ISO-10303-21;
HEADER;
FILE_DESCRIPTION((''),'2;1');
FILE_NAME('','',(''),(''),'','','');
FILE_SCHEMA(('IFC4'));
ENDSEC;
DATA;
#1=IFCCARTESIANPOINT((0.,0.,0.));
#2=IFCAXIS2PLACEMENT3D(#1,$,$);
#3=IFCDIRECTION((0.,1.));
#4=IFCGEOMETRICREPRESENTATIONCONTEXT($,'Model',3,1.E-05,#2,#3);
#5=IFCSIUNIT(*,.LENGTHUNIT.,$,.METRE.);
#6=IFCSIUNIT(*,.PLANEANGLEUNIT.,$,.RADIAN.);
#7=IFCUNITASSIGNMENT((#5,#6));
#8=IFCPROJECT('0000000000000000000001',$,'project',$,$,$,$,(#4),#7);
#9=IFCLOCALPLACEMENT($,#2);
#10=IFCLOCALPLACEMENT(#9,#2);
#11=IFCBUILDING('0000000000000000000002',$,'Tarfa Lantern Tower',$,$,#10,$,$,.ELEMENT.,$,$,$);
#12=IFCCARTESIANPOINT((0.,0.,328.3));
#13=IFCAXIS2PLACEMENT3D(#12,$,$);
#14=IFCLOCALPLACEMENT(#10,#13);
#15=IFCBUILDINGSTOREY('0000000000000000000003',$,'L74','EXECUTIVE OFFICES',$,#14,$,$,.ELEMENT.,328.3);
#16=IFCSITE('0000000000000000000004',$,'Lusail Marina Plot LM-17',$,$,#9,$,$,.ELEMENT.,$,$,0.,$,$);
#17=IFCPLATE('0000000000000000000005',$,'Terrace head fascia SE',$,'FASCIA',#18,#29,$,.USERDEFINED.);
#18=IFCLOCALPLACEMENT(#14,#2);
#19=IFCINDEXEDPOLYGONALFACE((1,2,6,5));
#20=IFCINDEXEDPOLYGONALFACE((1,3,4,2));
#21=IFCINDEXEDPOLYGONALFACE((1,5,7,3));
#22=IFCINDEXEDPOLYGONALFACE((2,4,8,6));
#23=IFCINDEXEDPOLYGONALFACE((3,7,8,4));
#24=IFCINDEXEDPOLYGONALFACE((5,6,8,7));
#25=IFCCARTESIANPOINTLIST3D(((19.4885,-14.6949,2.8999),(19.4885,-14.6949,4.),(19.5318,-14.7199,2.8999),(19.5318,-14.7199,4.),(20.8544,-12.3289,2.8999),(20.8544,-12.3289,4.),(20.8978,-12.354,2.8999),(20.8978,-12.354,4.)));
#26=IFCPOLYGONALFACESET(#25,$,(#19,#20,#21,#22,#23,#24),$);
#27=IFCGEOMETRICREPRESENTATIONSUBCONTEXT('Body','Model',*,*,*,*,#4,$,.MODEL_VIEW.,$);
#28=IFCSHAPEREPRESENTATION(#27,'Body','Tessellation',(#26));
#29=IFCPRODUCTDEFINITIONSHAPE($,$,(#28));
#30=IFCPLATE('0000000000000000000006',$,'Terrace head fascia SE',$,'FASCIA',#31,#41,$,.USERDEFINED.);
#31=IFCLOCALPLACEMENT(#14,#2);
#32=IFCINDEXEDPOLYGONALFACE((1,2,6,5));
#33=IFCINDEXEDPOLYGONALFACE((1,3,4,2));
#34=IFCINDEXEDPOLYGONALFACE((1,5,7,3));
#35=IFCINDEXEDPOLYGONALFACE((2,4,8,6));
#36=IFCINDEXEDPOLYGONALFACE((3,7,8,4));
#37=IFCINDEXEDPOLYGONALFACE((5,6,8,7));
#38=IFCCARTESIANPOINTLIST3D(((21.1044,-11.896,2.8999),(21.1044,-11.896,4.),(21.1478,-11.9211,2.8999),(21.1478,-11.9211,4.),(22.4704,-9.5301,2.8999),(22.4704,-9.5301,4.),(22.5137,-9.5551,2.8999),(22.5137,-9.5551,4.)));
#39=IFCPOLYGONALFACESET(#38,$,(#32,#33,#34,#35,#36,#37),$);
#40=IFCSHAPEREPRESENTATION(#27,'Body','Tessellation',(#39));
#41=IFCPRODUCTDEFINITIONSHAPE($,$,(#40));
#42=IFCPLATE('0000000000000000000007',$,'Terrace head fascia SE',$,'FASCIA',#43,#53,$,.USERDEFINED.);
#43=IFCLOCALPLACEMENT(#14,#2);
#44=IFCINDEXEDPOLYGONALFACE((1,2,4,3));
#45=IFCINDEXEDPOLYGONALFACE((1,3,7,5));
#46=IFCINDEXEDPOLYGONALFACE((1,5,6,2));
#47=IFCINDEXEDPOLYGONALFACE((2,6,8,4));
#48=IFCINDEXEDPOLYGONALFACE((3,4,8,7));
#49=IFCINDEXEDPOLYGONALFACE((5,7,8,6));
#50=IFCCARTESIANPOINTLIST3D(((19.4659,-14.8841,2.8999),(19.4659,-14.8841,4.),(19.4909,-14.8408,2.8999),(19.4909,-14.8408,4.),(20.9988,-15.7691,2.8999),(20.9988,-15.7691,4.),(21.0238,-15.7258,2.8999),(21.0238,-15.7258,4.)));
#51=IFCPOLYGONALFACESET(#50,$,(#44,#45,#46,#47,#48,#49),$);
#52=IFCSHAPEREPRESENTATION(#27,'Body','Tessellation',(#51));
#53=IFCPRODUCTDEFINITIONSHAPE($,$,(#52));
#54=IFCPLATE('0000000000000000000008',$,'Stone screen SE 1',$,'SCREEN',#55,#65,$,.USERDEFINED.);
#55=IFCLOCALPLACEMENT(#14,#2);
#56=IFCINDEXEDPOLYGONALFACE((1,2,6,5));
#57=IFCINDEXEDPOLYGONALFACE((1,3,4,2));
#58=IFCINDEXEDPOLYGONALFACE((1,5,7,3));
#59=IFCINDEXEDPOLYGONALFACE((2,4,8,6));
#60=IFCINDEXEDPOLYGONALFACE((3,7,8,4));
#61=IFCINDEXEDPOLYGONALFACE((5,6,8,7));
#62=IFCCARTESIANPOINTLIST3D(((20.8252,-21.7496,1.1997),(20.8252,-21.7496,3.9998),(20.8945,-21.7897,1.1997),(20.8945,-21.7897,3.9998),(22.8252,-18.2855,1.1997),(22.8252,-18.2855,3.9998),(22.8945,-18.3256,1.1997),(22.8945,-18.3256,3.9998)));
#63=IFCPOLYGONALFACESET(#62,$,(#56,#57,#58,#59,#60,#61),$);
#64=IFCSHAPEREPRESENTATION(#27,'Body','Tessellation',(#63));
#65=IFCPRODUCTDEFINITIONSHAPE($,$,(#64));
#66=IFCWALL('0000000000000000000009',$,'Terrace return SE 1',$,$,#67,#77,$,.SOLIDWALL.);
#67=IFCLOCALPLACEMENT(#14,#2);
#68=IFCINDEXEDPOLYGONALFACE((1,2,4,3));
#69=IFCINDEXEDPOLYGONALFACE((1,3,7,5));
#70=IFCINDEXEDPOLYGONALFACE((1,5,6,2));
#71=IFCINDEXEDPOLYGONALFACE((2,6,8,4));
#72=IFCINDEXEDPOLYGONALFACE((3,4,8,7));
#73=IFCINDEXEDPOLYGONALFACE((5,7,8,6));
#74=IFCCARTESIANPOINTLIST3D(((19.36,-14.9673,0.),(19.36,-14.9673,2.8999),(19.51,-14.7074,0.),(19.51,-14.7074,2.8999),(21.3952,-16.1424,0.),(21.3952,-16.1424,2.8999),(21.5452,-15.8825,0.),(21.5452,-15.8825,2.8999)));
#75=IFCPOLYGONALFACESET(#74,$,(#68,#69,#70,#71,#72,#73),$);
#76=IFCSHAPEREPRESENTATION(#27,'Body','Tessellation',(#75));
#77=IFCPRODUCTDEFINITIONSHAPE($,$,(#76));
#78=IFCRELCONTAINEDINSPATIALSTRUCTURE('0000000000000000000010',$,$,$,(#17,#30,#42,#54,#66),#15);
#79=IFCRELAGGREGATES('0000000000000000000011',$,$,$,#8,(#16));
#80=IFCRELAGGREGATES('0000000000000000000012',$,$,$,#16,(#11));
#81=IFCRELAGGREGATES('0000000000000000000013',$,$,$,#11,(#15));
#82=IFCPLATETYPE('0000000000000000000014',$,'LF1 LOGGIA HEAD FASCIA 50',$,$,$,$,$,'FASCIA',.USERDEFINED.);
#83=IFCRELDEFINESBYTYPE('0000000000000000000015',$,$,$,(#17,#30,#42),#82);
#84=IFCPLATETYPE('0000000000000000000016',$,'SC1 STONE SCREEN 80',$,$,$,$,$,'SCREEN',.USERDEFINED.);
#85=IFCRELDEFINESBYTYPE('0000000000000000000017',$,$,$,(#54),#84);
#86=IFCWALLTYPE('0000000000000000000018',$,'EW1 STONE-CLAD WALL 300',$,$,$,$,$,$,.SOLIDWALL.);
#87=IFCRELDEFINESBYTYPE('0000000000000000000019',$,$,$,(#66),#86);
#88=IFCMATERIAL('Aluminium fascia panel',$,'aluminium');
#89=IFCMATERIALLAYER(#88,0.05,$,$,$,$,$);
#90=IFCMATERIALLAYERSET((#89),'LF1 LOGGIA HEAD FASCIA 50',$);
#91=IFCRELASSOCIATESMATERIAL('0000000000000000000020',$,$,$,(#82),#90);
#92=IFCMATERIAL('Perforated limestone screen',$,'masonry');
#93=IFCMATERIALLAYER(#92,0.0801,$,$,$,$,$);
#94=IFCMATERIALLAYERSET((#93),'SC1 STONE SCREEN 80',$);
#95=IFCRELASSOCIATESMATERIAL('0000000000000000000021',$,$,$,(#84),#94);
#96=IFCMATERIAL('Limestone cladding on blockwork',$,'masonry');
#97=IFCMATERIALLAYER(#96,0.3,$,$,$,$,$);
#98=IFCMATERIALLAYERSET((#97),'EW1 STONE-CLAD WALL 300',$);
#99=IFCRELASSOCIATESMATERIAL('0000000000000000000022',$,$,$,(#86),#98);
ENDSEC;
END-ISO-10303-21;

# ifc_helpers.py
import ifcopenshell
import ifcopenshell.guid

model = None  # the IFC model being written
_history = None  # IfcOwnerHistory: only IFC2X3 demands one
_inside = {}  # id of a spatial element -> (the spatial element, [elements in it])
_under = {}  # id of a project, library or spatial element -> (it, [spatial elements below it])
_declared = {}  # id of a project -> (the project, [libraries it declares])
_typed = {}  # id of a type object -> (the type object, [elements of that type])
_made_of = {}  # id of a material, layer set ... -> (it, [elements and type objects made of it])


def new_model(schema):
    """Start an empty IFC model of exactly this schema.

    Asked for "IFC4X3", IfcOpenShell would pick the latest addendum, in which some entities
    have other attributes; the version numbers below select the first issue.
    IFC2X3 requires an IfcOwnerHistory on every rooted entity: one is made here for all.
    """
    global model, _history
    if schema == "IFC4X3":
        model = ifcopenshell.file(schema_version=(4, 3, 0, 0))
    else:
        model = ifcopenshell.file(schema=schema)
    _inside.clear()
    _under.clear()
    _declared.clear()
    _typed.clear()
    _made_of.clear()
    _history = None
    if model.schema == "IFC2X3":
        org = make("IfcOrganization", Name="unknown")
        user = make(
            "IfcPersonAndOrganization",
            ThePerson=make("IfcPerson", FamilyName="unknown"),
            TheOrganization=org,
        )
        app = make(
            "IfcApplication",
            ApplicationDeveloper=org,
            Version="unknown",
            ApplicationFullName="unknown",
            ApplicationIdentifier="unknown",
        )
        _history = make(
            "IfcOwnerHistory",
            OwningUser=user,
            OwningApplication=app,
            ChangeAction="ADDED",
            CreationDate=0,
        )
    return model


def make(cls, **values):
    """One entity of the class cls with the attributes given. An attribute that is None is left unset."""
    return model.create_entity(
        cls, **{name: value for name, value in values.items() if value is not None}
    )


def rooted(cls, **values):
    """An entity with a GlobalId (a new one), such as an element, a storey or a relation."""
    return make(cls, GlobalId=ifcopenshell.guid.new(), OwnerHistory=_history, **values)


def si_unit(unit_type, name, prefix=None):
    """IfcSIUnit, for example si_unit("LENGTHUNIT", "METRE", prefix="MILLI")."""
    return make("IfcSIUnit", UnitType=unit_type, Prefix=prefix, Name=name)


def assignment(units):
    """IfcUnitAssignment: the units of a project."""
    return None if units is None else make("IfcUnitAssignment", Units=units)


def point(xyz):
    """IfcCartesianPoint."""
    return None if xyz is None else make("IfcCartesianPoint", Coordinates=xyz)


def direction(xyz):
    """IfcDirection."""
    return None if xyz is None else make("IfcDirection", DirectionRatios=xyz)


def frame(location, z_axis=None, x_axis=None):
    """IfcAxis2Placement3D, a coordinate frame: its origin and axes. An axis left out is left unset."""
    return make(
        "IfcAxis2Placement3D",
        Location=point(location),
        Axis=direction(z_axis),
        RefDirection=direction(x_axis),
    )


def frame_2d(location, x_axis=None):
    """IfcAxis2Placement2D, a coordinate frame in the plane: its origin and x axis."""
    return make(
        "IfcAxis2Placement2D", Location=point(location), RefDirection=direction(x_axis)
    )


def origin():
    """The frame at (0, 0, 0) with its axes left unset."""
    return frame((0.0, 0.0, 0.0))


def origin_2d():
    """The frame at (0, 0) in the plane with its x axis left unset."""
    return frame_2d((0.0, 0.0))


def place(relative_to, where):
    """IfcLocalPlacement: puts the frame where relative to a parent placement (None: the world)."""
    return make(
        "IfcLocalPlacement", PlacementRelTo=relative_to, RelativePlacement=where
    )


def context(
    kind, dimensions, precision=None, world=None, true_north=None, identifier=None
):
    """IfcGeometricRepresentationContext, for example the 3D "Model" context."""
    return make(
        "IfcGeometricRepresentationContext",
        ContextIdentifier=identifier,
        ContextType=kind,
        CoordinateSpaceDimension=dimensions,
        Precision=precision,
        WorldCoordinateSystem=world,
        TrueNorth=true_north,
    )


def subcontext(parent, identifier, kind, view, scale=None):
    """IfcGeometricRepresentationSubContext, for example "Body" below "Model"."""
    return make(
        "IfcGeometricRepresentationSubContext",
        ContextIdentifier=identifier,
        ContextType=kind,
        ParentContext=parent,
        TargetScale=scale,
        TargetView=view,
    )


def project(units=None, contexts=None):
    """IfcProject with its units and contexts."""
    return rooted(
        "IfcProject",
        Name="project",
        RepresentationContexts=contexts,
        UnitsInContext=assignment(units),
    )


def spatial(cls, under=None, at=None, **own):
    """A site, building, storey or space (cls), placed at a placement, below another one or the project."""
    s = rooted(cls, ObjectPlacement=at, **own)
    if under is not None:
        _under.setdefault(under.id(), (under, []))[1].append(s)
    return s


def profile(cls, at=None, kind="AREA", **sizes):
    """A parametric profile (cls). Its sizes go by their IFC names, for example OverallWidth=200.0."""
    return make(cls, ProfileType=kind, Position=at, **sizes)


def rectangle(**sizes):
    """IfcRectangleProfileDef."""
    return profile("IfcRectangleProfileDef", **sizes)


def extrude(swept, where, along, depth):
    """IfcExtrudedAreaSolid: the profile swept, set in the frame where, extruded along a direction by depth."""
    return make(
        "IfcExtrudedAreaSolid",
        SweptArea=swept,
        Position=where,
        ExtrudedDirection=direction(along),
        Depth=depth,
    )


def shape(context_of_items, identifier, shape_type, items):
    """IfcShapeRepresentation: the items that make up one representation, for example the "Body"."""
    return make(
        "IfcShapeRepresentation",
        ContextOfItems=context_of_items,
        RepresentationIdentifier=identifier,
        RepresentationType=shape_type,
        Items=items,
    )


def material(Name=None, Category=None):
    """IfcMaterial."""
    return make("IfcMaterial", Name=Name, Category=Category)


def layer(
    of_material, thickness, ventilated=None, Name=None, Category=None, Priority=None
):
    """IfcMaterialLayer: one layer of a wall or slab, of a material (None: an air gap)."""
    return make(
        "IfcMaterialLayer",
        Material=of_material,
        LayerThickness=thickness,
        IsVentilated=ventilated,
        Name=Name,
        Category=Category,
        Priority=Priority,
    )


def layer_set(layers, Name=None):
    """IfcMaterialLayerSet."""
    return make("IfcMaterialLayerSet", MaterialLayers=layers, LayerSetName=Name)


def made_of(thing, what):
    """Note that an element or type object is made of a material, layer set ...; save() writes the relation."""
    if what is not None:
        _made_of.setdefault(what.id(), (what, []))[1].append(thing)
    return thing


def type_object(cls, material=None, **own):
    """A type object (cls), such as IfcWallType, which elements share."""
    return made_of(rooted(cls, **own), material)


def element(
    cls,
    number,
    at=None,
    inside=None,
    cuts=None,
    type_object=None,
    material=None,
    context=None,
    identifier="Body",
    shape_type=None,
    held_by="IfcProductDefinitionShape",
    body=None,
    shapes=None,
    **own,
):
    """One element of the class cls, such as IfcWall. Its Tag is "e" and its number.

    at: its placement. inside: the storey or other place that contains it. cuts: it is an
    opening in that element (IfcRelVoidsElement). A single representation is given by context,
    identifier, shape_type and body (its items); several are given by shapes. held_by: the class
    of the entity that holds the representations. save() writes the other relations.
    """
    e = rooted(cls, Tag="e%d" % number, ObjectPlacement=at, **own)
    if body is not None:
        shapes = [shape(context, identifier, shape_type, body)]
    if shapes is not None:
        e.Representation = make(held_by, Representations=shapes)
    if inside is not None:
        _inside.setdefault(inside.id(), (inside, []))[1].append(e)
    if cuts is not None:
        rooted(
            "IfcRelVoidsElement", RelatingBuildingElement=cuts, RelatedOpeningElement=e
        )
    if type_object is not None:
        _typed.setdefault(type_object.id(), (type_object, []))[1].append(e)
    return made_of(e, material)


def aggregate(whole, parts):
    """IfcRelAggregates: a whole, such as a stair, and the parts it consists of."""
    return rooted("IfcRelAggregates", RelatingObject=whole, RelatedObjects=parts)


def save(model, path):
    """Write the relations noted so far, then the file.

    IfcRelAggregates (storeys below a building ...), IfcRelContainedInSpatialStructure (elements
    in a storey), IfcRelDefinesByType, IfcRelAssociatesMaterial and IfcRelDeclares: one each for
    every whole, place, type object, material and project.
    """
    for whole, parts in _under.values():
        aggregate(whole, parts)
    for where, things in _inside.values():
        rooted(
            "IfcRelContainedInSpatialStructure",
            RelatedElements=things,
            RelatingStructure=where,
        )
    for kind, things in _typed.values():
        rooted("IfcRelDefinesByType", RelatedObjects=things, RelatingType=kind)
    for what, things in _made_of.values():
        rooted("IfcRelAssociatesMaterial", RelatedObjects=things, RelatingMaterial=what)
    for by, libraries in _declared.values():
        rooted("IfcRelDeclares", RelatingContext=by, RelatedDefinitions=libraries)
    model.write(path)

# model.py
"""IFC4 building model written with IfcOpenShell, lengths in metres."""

from ifc_helpers import new_model, si_unit, direction, frame, frame_2d, origin, origin_2d, place, context, subcontext, project, spatial, rectangle, extrude, material, layer, layer_set, type_object, element, save


model = new_model("IFC4")

# Units and contexts
model_context = context("Model", 3, precision=1e-05, world=origin(), true_north=direction((0.0, 1.0)))
body_context = subcontext(model_context, "Body", "Model", "MODEL_VIEW")
ifc_project = project(units=[si_unit("LENGTHUNIT", "METRE"), si_unit("PLANEANGLEUNIT", "RADIAN")], contexts=[model_context])

# Site, building, storey
site_placement = place(None, origin())
site = spatial("IfcSite", under=ifc_project, at=site_placement, Name="Lusail Marina Plot LM-17", CompositionType="ELEMENT", RefElevation=0.0)
building_placement = place(site_placement, origin())
building = spatial("IfcBuilding", under=site, at=building_placement, Name="Tarfa Lantern Tower", CompositionType="ELEMENT")
storey_placement = place(building_placement, frame((0.0, 0.0, 328.3)))
storey = spatial("IfcBuildingStorey", under=building, at=storey_placement, Name="L74", Description="EXECUTIVE OFFICES", CompositionType="ELEMENT", Elevation=328.3)

# Plates
ifc_material_1 = material(Name="Aluminium fascia panel", Category="aluminium")
ifc_layer_1 = layer(ifc_material_1, 0.05)
ifc_layer_set_1 = layer_set([ifc_layer_1], Name="LF1 LOGGIA HEAD FASCIA 50")
plate_type_1 = type_object("IfcPlateType", Name="LF1 LOGGIA HEAD FASCIA 50", ElementType="FASCIA", PredefinedType="USERDEFINED", material=ifc_layer_set_1)
for number, where, z_axis, x_axis, name in (
    (1, (20.1931, -13.5244, 2.8999), (0.0, 0.0, 1.0), (0.5, 0.866025, 0.0), "Terrace head fascia SE"),
    (2, (21.8091, -10.7256, 2.8999), (0.0, 0.0, 1.0), (0.5, 0.866025, 0.0), "Terrace head fascia SE"),
):
    element("IfcPlate", number, at=place(storey_placement, frame(where, z_axis=z_axis, x_axis=x_axis)), inside=storey, type_object=plate_type_1, Name=name, ObjectType="FASCIA", PredefinedType="USERDEFINED", context=body_context, shape_type="SweptSolid", body=[
        extrude(rectangle(XDim=2.7319, YDim=0.05, at=origin_2d()), origin(), (0.0, 0.0, 1.0), 1.1001),
    ])
plate_1_placement = place(storey_placement, frame((20.2449, -15.3049, 2.8999), z_axis=(0.0, 0.0, 1.0), x_axis=(-0.866025, 0.5, 0.0)))
element("IfcPlate", 3, at=plate_1_placement, inside=storey, type_object=plate_type_1, Name="Terrace head fascia SE", ObjectType="FASCIA", PredefinedType="USERDEFINED", context=body_context, shape_type="SweptSolid", body=[
    extrude(rectangle(XDim=1.77, YDim=0.05, at=origin_2d()), origin(), (0.0, 0.0, 1.0), 1.1001),
])
ifc_material_2 = material(Name="Perforated limestone screen", Category="masonry")
ifc_layer_2 = layer(ifc_material_2, 0.0801)
ifc_layer_set_2 = layer_set([ifc_layer_2], Name="SC1 STONE SCREEN 80")
plate_type_2 = type_object("IfcPlateType", Name="SC1 STONE SCREEN 80", ElementType="SCREEN", PredefinedType="USERDEFINED", material=ifc_layer_set_2)
plate_2_placement = place(storey_placement, frame((21.8599, -20.0376, 1.1997), z_axis=(0.0, 0.0, 1.0), x_axis=(0.5, 0.866025, 0.0)))
element("IfcPlate", 4, at=plate_2_placement, inside=storey, type_object=plate_type_2, Name="Stone screen SE 1", ObjectType="SCREEN", PredefinedType="USERDEFINED", context=body_context, shape_type="SweptSolid", body=[
    extrude(rectangle(XDim=4.0, YDim=0.0801, at=origin_2d()), origin(), (0.0, 0.0, 1.0), 2.8),
])

# Shared definitions
ifc_material_3 = material(Name="Limestone cladding on blockwork", Category="masonry")
ifc_layer_3 = layer(ifc_material_3, 0.3)
ifc_layer_set_3 = layer_set([ifc_layer_3], Name="EW1 STONE-CLAD WALL 300")
wall_type = type_object("IfcWallType", Name="EW1 STONE-CLAD WALL 300", PredefinedType="SOLIDWALL", material=ifc_layer_set_3)

# Wall
wall_1_placement = place(storey_placement, frame((21.4702, -16.0125, 0.0), z_axis=(0.0, 0.0, 1.0), x_axis=(-0.866016, 0.500016, 0.0)))
element("IfcWall", 5, at=wall_1_placement, inside=storey, type_object=wall_type, Name="Terrace return SE 1", PredefinedType="SOLIDWALL", context=body_context, shape_type="SweptSolid", body=[
    extrude(rectangle(XDim=2.3501, YDim=0.3, at=frame_2d((1.175, 0.0))), origin(), (0.0, 0.0, 1.0), 2.8999),
])

save(model, "model.ifc")
